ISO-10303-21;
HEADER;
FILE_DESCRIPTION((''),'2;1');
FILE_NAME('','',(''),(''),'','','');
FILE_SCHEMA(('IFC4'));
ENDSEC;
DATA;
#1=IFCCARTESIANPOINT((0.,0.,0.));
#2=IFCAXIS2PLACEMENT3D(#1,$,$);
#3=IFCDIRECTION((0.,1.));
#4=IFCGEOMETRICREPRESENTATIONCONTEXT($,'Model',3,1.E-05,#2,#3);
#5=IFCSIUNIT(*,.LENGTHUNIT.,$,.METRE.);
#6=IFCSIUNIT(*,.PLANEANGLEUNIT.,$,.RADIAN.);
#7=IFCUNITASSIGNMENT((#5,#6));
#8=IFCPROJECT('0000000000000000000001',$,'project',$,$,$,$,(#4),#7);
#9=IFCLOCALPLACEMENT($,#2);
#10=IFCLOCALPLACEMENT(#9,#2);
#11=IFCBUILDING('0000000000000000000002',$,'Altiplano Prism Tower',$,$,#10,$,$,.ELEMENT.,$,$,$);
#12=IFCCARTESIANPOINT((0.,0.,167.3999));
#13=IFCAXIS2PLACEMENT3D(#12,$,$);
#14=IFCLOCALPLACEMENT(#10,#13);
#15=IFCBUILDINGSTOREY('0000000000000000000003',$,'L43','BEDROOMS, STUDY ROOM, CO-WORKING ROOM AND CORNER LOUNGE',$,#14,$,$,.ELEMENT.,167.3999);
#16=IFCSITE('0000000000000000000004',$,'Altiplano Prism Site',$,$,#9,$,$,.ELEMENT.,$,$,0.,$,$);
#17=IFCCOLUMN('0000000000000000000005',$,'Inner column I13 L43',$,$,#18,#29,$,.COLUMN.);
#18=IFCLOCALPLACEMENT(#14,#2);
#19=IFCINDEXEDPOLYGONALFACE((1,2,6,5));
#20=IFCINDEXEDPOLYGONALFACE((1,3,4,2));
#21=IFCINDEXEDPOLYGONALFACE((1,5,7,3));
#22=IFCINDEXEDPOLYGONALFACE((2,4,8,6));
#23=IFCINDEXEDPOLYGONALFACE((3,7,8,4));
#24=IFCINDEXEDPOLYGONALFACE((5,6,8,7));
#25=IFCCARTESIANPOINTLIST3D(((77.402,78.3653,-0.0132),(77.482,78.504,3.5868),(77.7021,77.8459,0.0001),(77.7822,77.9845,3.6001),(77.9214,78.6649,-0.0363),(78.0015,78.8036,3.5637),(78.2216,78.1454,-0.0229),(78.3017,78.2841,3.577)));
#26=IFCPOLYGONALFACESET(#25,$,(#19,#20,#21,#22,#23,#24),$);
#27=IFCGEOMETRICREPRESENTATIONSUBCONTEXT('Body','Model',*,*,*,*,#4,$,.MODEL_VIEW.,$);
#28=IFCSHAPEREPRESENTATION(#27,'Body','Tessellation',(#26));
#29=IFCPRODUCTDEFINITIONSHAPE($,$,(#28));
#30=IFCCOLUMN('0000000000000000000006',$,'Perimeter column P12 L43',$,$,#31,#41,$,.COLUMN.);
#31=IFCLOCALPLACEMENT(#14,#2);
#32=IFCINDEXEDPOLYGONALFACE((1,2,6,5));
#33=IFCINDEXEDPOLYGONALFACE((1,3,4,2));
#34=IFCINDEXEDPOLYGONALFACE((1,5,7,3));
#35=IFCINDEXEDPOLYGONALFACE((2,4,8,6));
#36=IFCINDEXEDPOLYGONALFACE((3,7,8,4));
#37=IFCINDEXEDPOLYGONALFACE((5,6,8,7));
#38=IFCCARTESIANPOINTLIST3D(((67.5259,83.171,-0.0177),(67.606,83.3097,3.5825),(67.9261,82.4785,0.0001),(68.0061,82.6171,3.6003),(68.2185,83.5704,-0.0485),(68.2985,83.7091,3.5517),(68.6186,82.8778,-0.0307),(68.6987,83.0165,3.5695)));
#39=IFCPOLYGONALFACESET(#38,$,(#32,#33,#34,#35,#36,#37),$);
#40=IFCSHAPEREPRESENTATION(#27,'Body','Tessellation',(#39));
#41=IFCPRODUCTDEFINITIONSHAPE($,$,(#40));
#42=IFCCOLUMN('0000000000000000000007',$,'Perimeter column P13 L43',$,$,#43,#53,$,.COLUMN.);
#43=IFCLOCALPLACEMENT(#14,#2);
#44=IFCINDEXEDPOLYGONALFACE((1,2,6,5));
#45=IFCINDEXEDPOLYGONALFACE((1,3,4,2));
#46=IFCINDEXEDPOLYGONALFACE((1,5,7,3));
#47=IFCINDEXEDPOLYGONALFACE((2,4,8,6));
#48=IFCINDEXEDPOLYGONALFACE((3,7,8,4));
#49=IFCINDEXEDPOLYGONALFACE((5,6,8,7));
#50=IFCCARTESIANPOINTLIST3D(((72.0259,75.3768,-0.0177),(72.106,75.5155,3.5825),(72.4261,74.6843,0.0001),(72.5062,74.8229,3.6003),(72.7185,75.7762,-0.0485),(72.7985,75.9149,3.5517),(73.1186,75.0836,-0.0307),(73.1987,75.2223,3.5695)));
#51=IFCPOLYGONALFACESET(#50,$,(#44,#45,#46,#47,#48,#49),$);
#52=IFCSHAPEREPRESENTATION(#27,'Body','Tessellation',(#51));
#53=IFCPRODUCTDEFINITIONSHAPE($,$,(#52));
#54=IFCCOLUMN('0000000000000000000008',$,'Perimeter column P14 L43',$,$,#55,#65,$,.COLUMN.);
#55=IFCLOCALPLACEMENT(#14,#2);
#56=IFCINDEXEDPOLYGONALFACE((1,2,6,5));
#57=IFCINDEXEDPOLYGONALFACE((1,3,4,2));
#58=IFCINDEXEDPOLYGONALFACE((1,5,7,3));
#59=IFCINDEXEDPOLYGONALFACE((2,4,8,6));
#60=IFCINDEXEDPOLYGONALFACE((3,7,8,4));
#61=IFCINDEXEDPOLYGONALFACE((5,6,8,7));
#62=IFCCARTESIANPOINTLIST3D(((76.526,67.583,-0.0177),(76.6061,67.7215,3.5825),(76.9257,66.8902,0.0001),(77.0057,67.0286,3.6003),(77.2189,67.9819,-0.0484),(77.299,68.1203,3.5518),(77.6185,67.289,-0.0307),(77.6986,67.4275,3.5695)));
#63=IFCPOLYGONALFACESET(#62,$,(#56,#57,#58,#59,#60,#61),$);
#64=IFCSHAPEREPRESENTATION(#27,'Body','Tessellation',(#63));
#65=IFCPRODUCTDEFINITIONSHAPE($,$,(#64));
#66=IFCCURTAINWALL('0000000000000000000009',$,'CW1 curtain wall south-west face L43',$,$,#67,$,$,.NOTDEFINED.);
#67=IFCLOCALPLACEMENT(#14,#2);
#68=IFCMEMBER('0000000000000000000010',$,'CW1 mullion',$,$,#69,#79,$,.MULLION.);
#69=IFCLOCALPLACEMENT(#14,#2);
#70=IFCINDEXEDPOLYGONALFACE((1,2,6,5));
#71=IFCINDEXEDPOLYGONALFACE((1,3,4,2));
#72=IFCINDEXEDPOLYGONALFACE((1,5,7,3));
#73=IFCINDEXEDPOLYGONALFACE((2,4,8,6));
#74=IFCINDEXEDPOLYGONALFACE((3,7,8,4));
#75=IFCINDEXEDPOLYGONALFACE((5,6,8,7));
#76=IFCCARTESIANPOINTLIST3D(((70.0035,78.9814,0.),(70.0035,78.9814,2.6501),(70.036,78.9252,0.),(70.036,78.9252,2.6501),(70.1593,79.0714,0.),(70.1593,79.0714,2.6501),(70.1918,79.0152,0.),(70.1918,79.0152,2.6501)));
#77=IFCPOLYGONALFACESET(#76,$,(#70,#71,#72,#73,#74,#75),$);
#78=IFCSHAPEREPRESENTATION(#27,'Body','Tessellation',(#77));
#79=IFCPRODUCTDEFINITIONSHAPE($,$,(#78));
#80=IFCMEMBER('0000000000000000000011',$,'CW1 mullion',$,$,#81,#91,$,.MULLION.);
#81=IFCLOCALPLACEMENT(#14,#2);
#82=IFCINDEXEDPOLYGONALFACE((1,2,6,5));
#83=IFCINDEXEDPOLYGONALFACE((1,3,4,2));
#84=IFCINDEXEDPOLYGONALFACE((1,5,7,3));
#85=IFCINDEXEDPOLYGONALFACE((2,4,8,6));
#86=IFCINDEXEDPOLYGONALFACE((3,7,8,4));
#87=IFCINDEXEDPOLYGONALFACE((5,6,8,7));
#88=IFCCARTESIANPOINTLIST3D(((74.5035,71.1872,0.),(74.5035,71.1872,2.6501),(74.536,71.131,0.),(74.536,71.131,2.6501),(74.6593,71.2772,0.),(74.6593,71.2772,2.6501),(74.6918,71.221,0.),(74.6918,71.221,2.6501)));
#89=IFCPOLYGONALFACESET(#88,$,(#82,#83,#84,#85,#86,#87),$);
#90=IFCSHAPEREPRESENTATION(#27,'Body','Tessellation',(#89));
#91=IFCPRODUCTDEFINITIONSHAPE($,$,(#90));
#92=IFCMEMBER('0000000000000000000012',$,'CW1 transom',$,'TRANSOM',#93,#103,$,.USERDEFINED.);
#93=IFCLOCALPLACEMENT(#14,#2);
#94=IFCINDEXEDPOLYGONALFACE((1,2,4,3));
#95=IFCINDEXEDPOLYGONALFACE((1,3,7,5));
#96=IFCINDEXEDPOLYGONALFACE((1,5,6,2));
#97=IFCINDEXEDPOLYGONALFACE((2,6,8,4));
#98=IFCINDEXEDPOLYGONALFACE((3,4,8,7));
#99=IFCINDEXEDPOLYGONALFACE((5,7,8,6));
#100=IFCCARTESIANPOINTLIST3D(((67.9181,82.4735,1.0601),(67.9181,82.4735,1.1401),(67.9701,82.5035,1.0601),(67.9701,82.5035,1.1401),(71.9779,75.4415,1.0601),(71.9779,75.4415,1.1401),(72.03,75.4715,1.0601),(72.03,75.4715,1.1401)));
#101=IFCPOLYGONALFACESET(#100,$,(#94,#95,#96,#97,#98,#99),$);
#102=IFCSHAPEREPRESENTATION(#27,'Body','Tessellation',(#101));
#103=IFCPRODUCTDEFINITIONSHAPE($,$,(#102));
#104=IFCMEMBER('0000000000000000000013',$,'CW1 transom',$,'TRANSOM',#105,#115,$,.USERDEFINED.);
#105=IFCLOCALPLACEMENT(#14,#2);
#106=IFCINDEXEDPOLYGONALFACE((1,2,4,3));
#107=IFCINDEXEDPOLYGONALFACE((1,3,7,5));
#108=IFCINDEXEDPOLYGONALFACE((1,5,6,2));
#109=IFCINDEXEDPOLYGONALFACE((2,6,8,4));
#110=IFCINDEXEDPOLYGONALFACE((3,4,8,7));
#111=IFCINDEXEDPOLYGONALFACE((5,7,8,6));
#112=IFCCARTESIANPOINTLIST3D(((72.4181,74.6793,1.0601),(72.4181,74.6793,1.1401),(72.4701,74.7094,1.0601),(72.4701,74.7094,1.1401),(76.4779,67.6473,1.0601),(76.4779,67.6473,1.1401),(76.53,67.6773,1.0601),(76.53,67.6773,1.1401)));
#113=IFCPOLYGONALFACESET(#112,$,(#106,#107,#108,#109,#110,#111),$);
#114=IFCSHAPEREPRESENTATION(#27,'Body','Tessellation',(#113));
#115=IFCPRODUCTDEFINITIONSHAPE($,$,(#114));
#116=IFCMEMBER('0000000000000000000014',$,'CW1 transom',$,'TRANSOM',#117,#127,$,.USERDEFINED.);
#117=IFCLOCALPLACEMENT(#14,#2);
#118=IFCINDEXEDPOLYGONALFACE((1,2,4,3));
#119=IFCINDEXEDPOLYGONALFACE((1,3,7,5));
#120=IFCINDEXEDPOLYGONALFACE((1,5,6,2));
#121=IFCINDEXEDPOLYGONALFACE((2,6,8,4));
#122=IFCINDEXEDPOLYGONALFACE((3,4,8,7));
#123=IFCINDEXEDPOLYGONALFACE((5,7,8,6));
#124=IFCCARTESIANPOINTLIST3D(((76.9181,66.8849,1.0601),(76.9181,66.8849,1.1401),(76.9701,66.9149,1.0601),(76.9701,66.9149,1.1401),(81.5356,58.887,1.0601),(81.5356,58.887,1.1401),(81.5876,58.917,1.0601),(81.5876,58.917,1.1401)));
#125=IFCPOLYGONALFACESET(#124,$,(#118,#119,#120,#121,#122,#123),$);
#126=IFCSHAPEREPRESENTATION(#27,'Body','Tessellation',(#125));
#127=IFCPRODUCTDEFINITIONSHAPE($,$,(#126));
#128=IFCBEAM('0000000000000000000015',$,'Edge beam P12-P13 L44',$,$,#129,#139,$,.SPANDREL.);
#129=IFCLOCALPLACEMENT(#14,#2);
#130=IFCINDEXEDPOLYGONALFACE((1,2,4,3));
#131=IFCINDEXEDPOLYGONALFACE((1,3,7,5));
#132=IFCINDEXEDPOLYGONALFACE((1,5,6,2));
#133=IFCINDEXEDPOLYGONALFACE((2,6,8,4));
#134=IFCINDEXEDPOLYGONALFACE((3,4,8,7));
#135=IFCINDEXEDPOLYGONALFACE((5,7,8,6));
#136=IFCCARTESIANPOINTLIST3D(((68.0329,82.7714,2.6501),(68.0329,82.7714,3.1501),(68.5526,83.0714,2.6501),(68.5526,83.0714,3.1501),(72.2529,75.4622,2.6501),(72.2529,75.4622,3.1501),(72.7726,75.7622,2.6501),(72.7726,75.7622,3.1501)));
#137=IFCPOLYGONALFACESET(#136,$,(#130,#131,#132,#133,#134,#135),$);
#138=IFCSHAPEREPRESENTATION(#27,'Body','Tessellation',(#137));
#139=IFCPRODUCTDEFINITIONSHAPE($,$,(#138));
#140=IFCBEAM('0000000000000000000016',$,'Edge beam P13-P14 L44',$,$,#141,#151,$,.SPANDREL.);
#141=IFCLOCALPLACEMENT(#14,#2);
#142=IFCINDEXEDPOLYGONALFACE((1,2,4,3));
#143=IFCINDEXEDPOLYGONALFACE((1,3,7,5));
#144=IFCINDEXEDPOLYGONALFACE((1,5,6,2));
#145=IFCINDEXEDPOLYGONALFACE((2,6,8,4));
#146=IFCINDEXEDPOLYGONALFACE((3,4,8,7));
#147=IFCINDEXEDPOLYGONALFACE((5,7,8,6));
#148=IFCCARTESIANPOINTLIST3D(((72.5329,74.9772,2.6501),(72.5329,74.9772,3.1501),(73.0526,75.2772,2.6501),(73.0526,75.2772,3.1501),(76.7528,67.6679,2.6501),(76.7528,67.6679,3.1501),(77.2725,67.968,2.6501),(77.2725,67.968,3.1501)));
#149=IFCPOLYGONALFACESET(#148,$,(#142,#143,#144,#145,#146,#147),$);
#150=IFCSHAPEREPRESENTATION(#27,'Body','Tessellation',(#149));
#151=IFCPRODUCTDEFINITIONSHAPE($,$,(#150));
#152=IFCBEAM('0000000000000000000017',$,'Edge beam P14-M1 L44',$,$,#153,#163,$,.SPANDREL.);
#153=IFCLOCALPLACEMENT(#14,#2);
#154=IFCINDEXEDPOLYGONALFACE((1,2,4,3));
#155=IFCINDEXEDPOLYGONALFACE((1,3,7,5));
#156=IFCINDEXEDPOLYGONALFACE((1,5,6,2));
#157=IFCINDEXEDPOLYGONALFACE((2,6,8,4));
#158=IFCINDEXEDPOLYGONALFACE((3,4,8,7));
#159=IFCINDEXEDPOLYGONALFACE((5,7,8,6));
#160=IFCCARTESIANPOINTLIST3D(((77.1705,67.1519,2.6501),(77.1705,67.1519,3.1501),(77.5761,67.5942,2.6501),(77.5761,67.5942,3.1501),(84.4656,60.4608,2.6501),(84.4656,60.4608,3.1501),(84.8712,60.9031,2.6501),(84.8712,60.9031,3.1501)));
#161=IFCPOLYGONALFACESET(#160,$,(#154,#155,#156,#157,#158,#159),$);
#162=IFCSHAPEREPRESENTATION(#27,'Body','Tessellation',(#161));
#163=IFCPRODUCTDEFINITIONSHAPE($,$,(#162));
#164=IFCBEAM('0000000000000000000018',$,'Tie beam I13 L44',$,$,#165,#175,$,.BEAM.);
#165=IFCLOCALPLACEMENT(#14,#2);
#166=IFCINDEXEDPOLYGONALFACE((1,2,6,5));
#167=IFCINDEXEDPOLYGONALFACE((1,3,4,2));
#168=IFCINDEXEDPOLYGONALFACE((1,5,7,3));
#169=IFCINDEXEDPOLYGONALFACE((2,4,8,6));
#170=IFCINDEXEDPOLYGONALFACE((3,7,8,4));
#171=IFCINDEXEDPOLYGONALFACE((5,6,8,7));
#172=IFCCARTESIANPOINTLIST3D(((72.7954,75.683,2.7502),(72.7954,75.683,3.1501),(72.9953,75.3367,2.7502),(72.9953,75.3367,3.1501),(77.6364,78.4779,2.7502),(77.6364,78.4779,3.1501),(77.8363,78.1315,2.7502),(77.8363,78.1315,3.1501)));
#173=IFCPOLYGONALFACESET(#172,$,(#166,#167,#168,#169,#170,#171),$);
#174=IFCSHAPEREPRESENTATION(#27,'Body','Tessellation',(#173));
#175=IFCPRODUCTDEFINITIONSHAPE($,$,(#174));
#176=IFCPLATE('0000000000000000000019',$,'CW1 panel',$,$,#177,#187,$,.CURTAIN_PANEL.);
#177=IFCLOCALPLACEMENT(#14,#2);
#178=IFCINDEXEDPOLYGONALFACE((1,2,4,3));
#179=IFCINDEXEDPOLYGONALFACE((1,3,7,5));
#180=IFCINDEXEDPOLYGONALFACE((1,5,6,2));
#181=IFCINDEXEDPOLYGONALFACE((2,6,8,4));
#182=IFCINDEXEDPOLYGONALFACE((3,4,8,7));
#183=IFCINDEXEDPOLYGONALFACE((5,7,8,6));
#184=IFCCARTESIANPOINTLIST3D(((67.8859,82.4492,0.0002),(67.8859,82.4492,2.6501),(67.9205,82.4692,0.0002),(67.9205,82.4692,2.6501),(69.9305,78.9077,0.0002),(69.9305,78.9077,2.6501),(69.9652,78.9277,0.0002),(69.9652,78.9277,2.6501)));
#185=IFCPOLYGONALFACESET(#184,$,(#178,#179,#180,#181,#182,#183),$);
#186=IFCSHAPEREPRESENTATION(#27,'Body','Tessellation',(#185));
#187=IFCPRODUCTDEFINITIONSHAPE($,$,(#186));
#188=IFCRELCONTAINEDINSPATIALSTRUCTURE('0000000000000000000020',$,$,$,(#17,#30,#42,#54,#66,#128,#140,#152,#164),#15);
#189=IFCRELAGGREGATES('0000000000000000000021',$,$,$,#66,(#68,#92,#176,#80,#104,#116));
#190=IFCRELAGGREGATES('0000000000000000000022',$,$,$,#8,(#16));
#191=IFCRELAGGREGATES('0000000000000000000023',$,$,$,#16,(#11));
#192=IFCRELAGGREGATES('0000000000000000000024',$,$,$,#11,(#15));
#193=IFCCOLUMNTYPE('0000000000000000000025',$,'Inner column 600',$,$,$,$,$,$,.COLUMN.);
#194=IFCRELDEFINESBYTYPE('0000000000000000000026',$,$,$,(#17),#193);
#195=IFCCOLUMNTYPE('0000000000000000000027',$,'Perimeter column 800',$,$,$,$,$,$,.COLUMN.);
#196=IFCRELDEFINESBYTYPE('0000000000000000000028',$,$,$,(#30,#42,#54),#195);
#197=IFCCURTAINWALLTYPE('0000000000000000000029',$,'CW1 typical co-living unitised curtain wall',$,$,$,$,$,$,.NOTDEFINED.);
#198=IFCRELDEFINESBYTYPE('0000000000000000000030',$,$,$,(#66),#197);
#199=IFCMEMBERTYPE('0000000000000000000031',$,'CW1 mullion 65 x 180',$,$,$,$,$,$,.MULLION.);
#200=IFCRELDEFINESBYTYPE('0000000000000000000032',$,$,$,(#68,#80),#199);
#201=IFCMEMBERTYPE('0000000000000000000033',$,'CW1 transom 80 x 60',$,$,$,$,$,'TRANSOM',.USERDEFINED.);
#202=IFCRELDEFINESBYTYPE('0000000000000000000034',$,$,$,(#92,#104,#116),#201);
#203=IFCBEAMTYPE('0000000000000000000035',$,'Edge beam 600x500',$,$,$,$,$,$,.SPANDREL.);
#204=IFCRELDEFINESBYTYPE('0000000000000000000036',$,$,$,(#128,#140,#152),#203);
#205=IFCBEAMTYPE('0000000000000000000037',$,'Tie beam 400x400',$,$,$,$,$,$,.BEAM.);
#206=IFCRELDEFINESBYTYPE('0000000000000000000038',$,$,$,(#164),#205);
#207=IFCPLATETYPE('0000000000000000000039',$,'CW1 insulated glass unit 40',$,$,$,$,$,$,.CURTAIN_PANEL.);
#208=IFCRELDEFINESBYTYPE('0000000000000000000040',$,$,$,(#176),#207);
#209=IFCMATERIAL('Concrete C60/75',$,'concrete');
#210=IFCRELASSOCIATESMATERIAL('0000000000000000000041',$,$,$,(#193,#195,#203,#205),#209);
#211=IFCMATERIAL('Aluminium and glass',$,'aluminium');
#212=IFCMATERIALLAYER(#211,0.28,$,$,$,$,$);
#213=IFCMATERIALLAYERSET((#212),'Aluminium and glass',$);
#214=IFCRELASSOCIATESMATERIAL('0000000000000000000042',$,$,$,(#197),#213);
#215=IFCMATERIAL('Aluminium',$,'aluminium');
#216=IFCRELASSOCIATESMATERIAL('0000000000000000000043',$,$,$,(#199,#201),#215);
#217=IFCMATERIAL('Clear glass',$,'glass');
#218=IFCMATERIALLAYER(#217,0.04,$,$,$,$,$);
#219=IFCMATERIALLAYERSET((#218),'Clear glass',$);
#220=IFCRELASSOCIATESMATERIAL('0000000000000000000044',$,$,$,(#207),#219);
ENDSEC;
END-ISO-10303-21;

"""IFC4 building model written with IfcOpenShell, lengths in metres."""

from ifc_helpers import new_model, si_unit, direction, frame, origin, origin_2d, place, context, subcontext, project, spatial, rectangle, extrude, material, layer, layer_set, material_profile, profile_set, type_object, element, aggregate, save


model = new_model("IFC4")

# Units and contexts
model_context = context("Model", 3, precision=1e-05, world=origin(), true_north=direction((0.0, 1.0)))
body_context = subcontext(model_context, "Body", "Model", "MODEL_VIEW")
ifc_project = project(units=[si_unit("LENGTHUNIT", "METRE"), si_unit("PLANEANGLEUNIT", "RADIAN")], contexts=[model_context])

# Site, building, storey
site_placement = place(None, origin())
site = spatial("IfcSite", under=ifc_project, at=site_placement, Name="Altiplano Prism Site", CompositionType="ELEMENT", RefElevation=0.0)
building_placement = place(site_placement, origin())
building = spatial("IfcBuilding", under=site, at=building_placement, Name="Altiplano Prism Tower", CompositionType="ELEMENT")
storey_placement = place(building_placement, frame((0.0, 0.0, 167.3999)))
storey = spatial("IfcBuildingStorey", under=building, at=storey_placement, Name="L43", Description="BEDROOMS, STUDY ROOM, CO-WORKING ROOM AND CORNER LOUNGE", CompositionType="ELEMENT", Elevation=167.3999)

# Columns
ifc_material_1 = material(Name="Concrete C60/75", Category="concrete")
ifc_material_profile_1 = material_profile(ifc_material_1, rectangle(XDim=0.6001, YDim=0.6001, at=origin_2d()), Name="Inner column 600")
ifc_profile_set_1 = profile_set([ifc_material_profile_1], Name="Concrete C60/75")
column_type_1 = type_object("IfcColumnType", Name="Inner column 600", PredefinedType="COLUMN", material=ifc_profile_set_1)
column_placement = place(storey_placement, frame((77.8118, 78.2554, -0.0181), z_axis=(0.022223, 0.038483, 0.999012), x_axis=(-0.865639, -0.499187, 0.038485)))
element("IfcColumn", 1, at=column_placement, inside=storey, type_object=column_type_1, Name="Inner column I13 L43", PredefinedType="COLUMN", context=body_context, shape_type="SweptSolid", body=[
    extrude(rectangle(XDim=0.6001, YDim=0.6001, at=origin_2d()), origin(), (0.0, 0.0, 1.0), 3.6035),
])
ifc_material_profile_2 = material_profile(ifc_material_1, rectangle(XDim=0.8, YDim=0.8, at=origin_2d()), Name="Perimeter column 800")
ifc_profile_set_2 = profile_set([ifc_material_profile_2], Name="Concrete C60/75")
column_type_2 = type_object("IfcColumnType", Name="Perimeter column 800", PredefinedType="COLUMN", material=ifc_profile_set_2)
for number, where, z_axis, x_axis, name in (
    (2, (68.0723, 83.0244, -0.0242), (0.022221, 0.038481, 0.999012), (-0.865642, -0.499182, 0.038483), "Perimeter column P12 L43"),
    (3, (72.5723, 75.2302, -0.0242), (0.022221, 0.038481, 0.999012), (-0.865639, -0.499187, 0.038483), "Perimeter column P13 L43"),
    (4, (77.0723, 67.436, -0.0242), (0.022221, 0.038413, 0.999015), (-0.866021, -0.498528, 0.038432), "Perimeter column P14 L43"),
):
    element("IfcColumn", number, at=place(storey_placement, frame(where, z_axis=z_axis, x_axis=x_axis)), inside=storey, type_object=column_type_2, Name=name, PredefinedType="COLUMN", context=body_context, shape_type="SweptSolid", body=[
        extrude(rectangle(XDim=0.8, YDim=0.8, at=origin_2d()), origin(), (0.0, 0.0, 1.0), 3.6038),
    ])

# Curtain wall, members
ifc_material_2 = material(Name="Aluminium and glass", Category="aluminium")
ifc_layer_1 = layer(ifc_material_2, 0.28)
ifc_layer_set_1 = layer_set([ifc_layer_1], Name="Aluminium and glass")
curtain_wall_type = type_object("IfcCurtainWallType", Name="CW1 typical co-living unitised curtain wall", PredefinedType="NOTDEFINED", material=ifc_layer_set_1)
curtain_wall_placement = place(storey_placement, origin())
curtain_wall = element("IfcCurtainWall", 5, at=curtain_wall_placement, inside=storey, type_object=curtain_wall_type, Name="CW1 curtain wall south-west face L43", PredefinedType="NOTDEFINED")
ifc_material_3 = material(Name="Aluminium", Category="aluminium")
ifc_material_profile_3 = material_profile(ifc_material_3, rectangle(XDim=0.1799, YDim=0.0649, at=origin_2d()), Name="CW1 mullion 65 x 180")
ifc_profile_set_3 = profile_set([ifc_material_profile_3], Name="Aluminium")
member_type_1 = type_object("IfcMemberType", Name="CW1 mullion 65 x 180", PredefinedType="MULLION", material=ifc_profile_set_3)
member_1_placement = place(storey_placement, frame((70.0977, 78.9983, 0.0), z_axis=(0.0, 0.0, 1.0), x_axis=(0.866025, 0.5, 0.0)))
member_1 = element("IfcMember", 6, at=member_1_placement, type_object=member_type_1, Name="CW1 mullion", PredefinedType="MULLION", context=body_context, shape_type="SweptSolid", body=[
    extrude(rectangle(XDim=0.1799, YDim=0.0649, at=origin_2d()), origin(), (0.0, 0.0, 1.0), 2.6501),
])
member_2_placement = place(storey_placement, frame((74.5977, 71.2041, 0.0), z_axis=(0.0, 0.0, 1.0), x_axis=(0.866025, 0.5, 0.0)))
member_2 = element("IfcMember", 7, at=member_2_placement, type_object=member_type_1, Name="CW1 mullion", PredefinedType="MULLION", context=body_context, shape_type="SweptSolid", body=[
    extrude(rectangle(XDim=0.1799, YDim=0.0649, at=origin_2d()), origin(), (0.0, 0.0, 1.0), 2.6501),
])
ifc_material_profile_4 = material_profile(ifc_material_3, rectangle(XDim=0.0601, YDim=0.0801, at=origin_2d()), Name="CW1 transom 80 x 60")
ifc_profile_set_4 = profile_set([ifc_material_profile_4], Name="Aluminium")
member_type_2 = type_object("IfcMemberType", Name="CW1 transom 80 x 60", ElementType="TRANSOM", PredefinedType="USERDEFINED", material=ifc_profile_set_4)
member_3_placement = place(storey_placement, frame((67.9441, 82.4885, 1.1001), z_axis=(0.499991, -0.866031, 0.0), x_axis=(0.866031, 0.499991, 0.0)))
member_3 = element("IfcMember", 8, at=member_3_placement, type_object=member_type_2, Name="CW1 transom", ObjectType="TRANSOM", PredefinedType="USERDEFINED", context=body_context, shape_type="SweptSolid", body=[
    extrude(rectangle(XDim=0.0601, YDim=0.0801, at=origin_2d()), origin(), (0.0, 0.0, 1.0), 8.1199),
])
member_4_placement = place(storey_placement, frame((72.4441, 74.6943, 1.1001), z_axis=(0.499991, -0.866031, 0.0), x_axis=(0.866031, 0.499991, 0.0)))
member_4 = element("IfcMember", 9, at=member_4_placement, type_object=member_type_2, Name="CW1 transom", ObjectType="TRANSOM", PredefinedType="USERDEFINED", context=body_context, shape_type="SweptSolid", body=[
    extrude(rectangle(XDim=0.0601, YDim=0.0801, at=origin_2d()), origin(), (0.0, 0.0, 1.0), 8.1199),
])
member_5_placement = place(storey_placement, frame((76.9441, 66.8999, 1.1001), z_axis=(0.499992, -0.86603, 0.0), x_axis=(0.86603, 0.499992, 0.0)))
member_5 = element("IfcMember", 10, at=member_5_placement, type_object=member_type_2, Name="CW1 transom", ObjectType="TRANSOM", PredefinedType="USERDEFINED", context=body_context, shape_type="SweptSolid", body=[
    extrude(rectangle(XDim=0.0601, YDim=0.0801, at=origin_2d()), origin(), (0.0, 0.0, 1.0), 9.2351),
])

# Beams
ifc_material_profile_5 = material_profile(ifc_material_1, rectangle(XDim=0.6001, YDim=0.5, at=origin_2d()), Name="Edge beam 600x500")
ifc_profile_set_5 = profile_set([ifc_material_profile_5], Name="Concrete C60/75")
beam_type_1 = type_object("IfcBeamType", Name="Edge beam 600x500", PredefinedType="SPANDREL", material=ifc_profile_set_5)
for number, where, z_axis, x_axis, name in (
    (11, (68.2927, 82.9214, 2.9001), (0.500006, -0.866022, 0.0), (0.866022, 0.500006, 0.0), "Edge beam P12-P13 L44"),
    (12, (72.7927, 75.1272, 2.9001), (0.499994, -0.866029, 0.0), (0.866029, 0.499994, 0.0), "Edge beam P13-P14 L44"),
):
    element("IfcBeam", number, at=place(storey_placement, frame(where, z_axis=z_axis, x_axis=x_axis)), inside=storey, type_object=beam_type_1, Name=name, PredefinedType="SPANDREL", context=body_context, shape_type="SweptSolid", body=[
        extrude(rectangle(XDim=0.6001, YDim=0.5, at=origin_2d()), origin(), (0.0, 0.0, 1.0), 8.4399),
    ])
beam_1_placement = place(storey_placement, frame((77.3733, 67.373, 2.9001), z_axis=(0.736957, -0.67594, 0.0), x_axis=(0.67594, 0.736957, 0.0)))
element("IfcBeam", 13, at=beam_1_placement, inside=storey, type_object=beam_type_1, Name="Edge beam P14-M1 L44", PredefinedType="SPANDREL", context=body_context, shape_type="SweptSolid", body=[
    extrude(rectangle(XDim=0.6001, YDim=0.5, at=origin_2d()), origin(), (0.0, 0.0, 1.0), 9.8989),
])
ifc_material_profile_6 = material_profile(ifc_material_1, rectangle(XDim=0.3999, YDim=0.3999, at=origin_2d()), Name="Tie beam 400x400")
ifc_profile_set_6 = profile_set([ifc_material_profile_6], Name="Concrete C60/75")
beam_type_2 = type_object("IfcBeamType", Name="Tie beam 400x400", PredefinedType="BEAM", material=ifc_profile_set_6)
beam_2_placement = place(storey_placement, frame((77.7363, 78.3047, 2.9502), z_axis=(-0.866031, -0.499991, 0.0), x_axis=(0.499991, -0.866031, 0.0)))
element("IfcBeam", 14, at=beam_2_placement, inside=storey, type_object=beam_type_2, Name="Tie beam I13 L44", PredefinedType="BEAM", context=body_context, shape_type="SweptSolid", body=[
    extrude(rectangle(XDim=0.3999, YDim=0.3999, at=origin_2d()), origin(), (0.0, 0.0, 1.0), 5.5898),
])

# Plate
ifc_material_4 = material(Name="Clear glass", Category="glass")
ifc_layer_2 = layer(ifc_material_4, 0.04)
ifc_layer_set_2 = layer_set([ifc_layer_2], Name="Clear glass")
plate_type = type_object("IfcPlateType", Name="CW1 insulated glass unit 40", PredefinedType="CURTAIN_PANEL", material=ifc_layer_set_2)
plate_1_placement = place(storey_placement, frame((68.9255, 80.6885, 0.0002), z_axis=(0.0, 0.0, 1.0), x_axis=(0.5, -0.866025, 0.0)))
plate_1 = element("IfcPlate", 15, at=plate_1_placement, type_object=plate_type, Name="CW1 panel", PredefinedType="CURTAIN_PANEL", context=body_context, shape_type="SweptSolid", body=[
    extrude(rectangle(XDim=4.0894, YDim=0.04, at=origin_2d()), origin(), (0.0, 0.0, 1.0), 2.6499),
])
aggregate(curtain_wall, [member_1, member_3, plate_1, member_2, member_4, member_5])

save(model, "model.ifc")
